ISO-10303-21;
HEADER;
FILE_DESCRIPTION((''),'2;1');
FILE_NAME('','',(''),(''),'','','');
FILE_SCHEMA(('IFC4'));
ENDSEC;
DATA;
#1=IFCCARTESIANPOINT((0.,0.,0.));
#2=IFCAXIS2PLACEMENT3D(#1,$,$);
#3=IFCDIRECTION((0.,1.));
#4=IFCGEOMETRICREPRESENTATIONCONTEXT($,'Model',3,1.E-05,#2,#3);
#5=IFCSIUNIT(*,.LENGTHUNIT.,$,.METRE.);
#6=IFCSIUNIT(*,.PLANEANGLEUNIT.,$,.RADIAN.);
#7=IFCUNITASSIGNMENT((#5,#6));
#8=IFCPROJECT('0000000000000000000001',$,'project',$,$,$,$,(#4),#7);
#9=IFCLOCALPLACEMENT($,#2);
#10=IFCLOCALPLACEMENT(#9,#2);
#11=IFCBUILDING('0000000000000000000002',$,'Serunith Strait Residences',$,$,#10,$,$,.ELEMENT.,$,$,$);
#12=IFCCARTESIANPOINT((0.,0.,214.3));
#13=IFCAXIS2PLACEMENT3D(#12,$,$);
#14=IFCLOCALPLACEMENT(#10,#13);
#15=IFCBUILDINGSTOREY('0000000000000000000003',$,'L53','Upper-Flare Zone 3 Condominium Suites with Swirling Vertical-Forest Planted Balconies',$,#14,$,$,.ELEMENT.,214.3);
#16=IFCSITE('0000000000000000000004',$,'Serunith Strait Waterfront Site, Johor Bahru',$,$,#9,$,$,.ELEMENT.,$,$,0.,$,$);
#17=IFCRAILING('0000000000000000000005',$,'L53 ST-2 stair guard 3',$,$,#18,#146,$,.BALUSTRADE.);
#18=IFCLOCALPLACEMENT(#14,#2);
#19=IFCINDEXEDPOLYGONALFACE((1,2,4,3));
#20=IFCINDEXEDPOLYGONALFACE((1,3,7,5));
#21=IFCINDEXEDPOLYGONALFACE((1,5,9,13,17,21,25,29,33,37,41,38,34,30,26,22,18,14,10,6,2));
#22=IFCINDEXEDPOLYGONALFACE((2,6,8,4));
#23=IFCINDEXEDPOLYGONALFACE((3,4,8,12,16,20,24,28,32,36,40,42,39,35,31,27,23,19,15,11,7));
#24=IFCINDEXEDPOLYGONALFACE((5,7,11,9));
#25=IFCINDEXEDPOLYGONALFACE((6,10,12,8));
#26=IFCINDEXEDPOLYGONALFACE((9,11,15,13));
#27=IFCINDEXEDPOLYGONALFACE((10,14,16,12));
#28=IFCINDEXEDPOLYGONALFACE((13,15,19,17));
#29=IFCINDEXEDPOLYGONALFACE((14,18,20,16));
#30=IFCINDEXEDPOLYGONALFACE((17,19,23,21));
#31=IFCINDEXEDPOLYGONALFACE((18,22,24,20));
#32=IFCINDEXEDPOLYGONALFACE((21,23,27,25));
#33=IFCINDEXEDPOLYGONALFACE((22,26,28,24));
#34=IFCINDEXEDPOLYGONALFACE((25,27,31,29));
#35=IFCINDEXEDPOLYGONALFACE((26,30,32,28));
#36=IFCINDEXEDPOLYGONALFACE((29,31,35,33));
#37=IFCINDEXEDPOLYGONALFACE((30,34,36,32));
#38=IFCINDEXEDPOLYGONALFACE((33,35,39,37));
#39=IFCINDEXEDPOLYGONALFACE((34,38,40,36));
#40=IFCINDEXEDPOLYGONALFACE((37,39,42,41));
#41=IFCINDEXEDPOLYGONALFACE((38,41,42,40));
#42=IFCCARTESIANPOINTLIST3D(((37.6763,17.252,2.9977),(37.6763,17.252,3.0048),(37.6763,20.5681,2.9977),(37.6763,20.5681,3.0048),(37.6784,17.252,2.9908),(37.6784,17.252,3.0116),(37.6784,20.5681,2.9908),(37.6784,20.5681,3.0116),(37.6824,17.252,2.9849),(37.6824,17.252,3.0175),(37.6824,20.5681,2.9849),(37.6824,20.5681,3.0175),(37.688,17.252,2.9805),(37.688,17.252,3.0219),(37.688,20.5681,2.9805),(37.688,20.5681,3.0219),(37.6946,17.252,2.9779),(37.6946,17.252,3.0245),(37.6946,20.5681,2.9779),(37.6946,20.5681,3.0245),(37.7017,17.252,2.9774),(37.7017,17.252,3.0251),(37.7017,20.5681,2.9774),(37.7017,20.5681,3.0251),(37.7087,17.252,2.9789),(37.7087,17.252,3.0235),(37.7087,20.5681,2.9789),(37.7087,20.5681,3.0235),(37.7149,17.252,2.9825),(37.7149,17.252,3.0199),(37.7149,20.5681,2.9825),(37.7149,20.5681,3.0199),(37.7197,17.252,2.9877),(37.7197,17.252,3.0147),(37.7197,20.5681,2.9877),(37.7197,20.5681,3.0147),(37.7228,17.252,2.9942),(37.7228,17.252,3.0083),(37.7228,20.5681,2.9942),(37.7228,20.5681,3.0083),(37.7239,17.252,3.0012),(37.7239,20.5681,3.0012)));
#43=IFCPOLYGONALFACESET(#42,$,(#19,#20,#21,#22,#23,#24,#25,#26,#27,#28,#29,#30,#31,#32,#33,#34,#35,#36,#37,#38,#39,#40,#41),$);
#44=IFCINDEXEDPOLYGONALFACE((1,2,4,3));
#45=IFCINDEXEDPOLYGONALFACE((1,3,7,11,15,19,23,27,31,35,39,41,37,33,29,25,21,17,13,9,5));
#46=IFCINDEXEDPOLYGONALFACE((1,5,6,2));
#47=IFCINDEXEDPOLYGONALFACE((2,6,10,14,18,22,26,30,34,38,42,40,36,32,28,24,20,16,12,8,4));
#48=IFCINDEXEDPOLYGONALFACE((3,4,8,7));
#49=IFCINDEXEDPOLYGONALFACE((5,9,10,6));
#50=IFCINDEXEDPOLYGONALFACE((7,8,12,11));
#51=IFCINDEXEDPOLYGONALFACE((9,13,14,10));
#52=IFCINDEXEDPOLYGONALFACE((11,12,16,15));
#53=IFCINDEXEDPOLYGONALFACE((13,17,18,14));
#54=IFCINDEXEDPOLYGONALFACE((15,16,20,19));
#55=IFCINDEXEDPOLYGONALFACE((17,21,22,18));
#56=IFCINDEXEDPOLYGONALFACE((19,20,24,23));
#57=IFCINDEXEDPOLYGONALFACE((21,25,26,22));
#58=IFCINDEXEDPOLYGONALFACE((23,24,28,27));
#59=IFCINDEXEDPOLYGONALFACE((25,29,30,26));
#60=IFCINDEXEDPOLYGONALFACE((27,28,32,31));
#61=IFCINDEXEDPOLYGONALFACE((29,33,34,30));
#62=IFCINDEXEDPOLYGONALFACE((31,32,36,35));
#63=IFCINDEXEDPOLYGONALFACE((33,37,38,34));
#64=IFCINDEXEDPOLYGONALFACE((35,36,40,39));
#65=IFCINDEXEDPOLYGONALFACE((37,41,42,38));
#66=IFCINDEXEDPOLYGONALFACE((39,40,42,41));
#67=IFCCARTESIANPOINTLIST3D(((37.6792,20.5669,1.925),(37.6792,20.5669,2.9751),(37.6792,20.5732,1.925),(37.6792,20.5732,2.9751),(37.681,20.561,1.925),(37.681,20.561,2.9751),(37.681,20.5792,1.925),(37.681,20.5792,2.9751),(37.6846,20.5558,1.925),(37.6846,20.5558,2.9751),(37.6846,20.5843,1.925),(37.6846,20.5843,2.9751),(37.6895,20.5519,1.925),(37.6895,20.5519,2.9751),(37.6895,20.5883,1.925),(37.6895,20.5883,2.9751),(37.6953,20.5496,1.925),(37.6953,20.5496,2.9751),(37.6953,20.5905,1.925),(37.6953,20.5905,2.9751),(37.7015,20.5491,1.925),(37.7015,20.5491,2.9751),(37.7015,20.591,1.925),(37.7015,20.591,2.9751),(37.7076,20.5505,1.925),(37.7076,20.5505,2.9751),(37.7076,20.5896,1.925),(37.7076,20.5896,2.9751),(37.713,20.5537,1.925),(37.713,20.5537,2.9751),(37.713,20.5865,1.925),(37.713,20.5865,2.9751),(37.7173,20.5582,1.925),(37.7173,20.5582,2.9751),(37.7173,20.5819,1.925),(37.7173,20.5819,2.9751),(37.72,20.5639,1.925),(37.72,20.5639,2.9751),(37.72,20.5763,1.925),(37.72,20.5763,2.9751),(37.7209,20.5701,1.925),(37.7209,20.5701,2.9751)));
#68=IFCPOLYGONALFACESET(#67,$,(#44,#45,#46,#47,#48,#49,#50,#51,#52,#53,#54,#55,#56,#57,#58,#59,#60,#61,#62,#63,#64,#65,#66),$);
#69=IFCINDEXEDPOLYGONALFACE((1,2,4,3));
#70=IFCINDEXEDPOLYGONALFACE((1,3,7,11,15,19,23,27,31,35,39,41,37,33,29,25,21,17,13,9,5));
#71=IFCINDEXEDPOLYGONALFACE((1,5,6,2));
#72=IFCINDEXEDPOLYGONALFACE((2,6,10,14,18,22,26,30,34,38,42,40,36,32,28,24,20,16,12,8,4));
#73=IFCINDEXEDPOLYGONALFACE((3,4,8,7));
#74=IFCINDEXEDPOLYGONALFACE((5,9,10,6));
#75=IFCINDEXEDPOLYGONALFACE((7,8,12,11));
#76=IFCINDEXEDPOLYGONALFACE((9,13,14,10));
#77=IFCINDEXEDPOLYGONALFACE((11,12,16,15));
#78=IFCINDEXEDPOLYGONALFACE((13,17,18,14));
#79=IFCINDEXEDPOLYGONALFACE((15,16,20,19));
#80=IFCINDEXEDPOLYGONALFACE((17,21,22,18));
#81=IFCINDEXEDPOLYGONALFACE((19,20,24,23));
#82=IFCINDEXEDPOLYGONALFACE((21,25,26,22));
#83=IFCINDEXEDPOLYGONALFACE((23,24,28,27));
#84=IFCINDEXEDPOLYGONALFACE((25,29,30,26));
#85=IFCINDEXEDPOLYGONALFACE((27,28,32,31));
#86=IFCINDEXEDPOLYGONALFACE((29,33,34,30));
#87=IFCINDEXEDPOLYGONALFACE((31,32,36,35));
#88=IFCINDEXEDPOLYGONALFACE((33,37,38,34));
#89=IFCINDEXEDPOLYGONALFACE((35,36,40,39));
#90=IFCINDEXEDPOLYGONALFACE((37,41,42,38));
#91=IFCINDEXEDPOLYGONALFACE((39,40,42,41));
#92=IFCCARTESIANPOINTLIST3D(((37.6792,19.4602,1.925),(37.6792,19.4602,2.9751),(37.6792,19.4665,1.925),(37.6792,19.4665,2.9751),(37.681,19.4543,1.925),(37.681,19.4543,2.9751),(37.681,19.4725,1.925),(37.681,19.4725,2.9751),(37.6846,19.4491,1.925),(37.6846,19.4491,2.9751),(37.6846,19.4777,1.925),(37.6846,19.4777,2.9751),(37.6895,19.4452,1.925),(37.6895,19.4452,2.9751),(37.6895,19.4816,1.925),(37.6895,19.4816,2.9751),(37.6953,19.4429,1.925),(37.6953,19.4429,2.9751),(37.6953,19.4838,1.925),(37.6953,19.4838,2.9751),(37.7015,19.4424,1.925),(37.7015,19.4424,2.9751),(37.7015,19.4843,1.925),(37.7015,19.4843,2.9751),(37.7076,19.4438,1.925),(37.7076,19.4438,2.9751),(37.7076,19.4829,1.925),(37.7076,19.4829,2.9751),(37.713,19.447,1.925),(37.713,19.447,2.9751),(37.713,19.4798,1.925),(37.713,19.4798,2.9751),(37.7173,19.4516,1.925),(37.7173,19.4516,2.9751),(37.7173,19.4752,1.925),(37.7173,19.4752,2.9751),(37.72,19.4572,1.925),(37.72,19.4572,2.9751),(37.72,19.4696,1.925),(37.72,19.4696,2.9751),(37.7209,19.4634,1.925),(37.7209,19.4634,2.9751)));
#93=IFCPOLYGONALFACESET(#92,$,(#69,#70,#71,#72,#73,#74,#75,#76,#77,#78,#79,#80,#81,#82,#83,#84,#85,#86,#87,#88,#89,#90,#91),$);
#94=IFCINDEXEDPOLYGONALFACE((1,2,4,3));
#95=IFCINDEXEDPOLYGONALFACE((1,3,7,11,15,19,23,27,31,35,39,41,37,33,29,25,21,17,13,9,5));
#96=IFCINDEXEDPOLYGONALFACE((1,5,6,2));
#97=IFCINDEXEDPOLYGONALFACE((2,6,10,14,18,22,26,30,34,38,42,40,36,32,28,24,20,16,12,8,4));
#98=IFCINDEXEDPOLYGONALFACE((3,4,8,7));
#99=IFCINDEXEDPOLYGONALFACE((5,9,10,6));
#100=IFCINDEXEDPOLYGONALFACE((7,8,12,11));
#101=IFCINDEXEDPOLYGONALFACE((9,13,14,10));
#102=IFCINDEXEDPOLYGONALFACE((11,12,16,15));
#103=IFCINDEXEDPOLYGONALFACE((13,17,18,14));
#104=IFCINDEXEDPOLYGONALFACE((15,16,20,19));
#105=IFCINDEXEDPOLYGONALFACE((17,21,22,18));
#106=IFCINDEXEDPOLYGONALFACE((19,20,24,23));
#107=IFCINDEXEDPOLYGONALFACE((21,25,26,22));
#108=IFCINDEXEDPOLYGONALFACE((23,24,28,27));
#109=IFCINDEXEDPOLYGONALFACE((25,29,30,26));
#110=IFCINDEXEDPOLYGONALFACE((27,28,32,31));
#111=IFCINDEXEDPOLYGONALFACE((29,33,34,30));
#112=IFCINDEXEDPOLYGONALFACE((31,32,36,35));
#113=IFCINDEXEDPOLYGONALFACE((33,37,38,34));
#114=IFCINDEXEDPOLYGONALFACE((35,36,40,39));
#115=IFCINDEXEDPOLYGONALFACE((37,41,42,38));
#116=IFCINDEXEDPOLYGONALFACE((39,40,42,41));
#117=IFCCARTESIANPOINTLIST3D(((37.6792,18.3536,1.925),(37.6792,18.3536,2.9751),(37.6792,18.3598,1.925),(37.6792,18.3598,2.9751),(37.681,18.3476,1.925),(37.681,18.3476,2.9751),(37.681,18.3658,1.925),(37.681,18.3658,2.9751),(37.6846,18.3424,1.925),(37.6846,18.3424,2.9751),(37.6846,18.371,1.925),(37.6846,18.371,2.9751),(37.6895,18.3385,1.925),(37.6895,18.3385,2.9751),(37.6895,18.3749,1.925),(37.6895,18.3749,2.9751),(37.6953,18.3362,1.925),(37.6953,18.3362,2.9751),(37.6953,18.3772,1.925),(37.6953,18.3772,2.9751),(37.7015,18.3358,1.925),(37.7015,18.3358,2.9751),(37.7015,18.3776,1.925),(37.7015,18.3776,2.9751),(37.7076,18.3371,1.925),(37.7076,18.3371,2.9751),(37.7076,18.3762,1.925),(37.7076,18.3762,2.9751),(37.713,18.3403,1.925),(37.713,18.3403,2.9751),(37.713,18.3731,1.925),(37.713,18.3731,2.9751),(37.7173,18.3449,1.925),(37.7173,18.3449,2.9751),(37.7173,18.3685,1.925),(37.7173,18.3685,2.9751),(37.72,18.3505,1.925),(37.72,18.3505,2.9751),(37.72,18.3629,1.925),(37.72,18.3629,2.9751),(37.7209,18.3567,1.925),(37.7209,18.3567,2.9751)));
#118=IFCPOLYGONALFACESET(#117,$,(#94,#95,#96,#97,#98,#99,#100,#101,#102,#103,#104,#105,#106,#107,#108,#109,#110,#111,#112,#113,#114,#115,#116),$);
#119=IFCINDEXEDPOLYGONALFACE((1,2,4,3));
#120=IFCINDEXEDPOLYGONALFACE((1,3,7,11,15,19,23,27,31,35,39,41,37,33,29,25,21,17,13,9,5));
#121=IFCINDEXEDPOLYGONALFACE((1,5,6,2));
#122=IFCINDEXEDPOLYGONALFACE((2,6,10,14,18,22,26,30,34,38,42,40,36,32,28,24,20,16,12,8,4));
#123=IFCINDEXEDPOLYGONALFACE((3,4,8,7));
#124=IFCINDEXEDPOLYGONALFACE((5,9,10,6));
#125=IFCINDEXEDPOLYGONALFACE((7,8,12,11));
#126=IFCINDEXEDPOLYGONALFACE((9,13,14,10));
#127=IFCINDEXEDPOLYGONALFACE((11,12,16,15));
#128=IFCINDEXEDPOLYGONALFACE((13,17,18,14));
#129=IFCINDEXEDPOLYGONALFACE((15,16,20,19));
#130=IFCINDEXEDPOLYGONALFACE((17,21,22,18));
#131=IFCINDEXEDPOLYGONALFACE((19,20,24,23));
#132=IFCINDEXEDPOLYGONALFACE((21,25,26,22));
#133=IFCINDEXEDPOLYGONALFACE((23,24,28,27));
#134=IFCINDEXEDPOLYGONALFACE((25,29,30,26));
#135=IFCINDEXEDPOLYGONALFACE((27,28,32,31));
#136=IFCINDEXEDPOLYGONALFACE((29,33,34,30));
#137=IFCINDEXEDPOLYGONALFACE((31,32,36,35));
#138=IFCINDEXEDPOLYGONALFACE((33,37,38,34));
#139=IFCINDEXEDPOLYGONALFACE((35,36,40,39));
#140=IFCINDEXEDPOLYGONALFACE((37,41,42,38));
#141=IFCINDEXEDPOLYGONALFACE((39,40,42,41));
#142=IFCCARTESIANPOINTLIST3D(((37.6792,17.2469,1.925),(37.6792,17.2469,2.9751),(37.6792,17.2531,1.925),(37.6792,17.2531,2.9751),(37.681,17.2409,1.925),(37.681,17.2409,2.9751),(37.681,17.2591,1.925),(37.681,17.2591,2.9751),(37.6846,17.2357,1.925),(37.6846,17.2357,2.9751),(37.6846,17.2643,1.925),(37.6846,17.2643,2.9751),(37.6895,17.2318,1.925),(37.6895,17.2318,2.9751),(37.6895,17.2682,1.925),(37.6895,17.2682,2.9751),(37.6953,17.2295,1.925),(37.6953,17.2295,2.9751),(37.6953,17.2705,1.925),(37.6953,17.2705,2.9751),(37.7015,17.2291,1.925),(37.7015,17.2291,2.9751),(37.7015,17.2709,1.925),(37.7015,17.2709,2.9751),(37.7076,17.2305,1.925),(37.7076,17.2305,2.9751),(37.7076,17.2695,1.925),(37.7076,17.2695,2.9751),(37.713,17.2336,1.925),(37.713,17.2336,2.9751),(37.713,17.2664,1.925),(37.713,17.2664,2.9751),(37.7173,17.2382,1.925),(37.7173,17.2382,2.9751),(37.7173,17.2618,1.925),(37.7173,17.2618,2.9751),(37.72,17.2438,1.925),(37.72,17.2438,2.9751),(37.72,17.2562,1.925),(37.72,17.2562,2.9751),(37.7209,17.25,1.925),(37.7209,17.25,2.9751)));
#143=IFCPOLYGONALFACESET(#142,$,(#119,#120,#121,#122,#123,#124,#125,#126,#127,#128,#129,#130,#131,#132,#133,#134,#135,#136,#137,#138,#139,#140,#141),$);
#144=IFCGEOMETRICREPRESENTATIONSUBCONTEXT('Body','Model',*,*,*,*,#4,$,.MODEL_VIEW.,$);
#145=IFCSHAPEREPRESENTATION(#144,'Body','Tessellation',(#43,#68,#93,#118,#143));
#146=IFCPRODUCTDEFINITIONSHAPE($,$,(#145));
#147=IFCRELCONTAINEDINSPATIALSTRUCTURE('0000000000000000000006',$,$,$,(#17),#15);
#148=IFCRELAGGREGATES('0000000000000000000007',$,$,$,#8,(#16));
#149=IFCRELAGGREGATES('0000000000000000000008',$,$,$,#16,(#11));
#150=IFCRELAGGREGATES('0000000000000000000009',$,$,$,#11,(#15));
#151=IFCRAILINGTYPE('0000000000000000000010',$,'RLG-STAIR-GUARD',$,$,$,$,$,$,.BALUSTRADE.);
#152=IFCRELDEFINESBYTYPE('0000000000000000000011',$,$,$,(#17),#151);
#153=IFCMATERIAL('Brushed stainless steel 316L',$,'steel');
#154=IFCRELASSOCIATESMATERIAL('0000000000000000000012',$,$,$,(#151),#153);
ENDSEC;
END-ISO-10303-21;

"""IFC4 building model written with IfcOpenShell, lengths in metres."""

from ifc_helpers import new_model, si_unit, direction, frame, origin, origin_2d, place, context, subcontext, project, spatial, circle, extrude, material, type_object, element, save


model = new_model("IFC4")

# Units and contexts
model_context = context("Model", 3, precision=1e-05, world=origin(), true_north=direction((0.0, 1.0)))
body_context = subcontext(model_context, "Body", "Model", "MODEL_VIEW")
ifc_project = project(units=[si_unit("LENGTHUNIT", "METRE"), si_unit("PLANEANGLEUNIT", "RADIAN")], contexts=[model_context])

# Site, building, storey
site_placement = place(None, origin())
site = spatial("IfcSite", under=ifc_project, at=site_placement, Name="Serunith Strait Waterfront Site, Johor Bahru", CompositionType="ELEMENT", RefElevation=0.0)
building_placement = place(site_placement, origin())
building = spatial("IfcBuilding", under=site, at=building_placement, Name="Serunith Strait Residences", CompositionType="ELEMENT")
storey_placement = place(building_placement, frame((0.0, 0.0, 214.3)))
storey = spatial("IfcBuildingStorey", under=building, at=storey_placement, Name="L53", Description="Upper-Flare Zone 3 Condominium Suites with Swirling Vertical-Forest Planted Balconies", CompositionType="ELEMENT", Elevation=214.3)

# Railing
ifc_material_1 = material(Name="Brushed stainless steel 316L", Category="steel")
railing_type_1 = type_object("IfcRailingType", Name="RLG-STAIR-GUARD", PredefinedType="BALUSTRADE", material=ifc_material_1)
for number, where, name in (
    (1, (37.7, 20.5701, 1.925), "L53 ST-2 stair guard 3"),
):
    element("IfcRailing", number, at=place(storey_placement, frame(where)), inside=storey, type_object=railing_type_1, Name=name, PredefinedType="BALUSTRADE", context=body_context, shape_type="SweptSolid", body=[
        extrude(circle(Radius=0.0239, at=origin_2d()), frame((0.0, -0.002, 1.0762), z_axis=(0.0, -1.0, 0.0), x_axis=(1.0, 0.0, 0.0)), (0.0, 0.0, 1.0), 3.3162),
        extrude(circle(Radius=0.021, at=origin_2d()), origin(), (0.0, 0.0, 1.0), 1.05),
        extrude(circle(Radius=0.021, at=origin_2d()), frame((0.0, -1.1067, 0.0)), (0.0, 0.0, 1.0), 1.05),
        extrude(circle(Radius=0.021, at=origin_2d()), frame((0.0, -2.2134, 0.0)), (0.0, 0.0, 1.0), 1.05),
        extrude(circle(Radius=0.021, at=origin_2d()), frame((0.0, -3.3201, 0.0)), (0.0, 0.0, 1.0), 1.05),
    ])

save(model, "model.ifc")
